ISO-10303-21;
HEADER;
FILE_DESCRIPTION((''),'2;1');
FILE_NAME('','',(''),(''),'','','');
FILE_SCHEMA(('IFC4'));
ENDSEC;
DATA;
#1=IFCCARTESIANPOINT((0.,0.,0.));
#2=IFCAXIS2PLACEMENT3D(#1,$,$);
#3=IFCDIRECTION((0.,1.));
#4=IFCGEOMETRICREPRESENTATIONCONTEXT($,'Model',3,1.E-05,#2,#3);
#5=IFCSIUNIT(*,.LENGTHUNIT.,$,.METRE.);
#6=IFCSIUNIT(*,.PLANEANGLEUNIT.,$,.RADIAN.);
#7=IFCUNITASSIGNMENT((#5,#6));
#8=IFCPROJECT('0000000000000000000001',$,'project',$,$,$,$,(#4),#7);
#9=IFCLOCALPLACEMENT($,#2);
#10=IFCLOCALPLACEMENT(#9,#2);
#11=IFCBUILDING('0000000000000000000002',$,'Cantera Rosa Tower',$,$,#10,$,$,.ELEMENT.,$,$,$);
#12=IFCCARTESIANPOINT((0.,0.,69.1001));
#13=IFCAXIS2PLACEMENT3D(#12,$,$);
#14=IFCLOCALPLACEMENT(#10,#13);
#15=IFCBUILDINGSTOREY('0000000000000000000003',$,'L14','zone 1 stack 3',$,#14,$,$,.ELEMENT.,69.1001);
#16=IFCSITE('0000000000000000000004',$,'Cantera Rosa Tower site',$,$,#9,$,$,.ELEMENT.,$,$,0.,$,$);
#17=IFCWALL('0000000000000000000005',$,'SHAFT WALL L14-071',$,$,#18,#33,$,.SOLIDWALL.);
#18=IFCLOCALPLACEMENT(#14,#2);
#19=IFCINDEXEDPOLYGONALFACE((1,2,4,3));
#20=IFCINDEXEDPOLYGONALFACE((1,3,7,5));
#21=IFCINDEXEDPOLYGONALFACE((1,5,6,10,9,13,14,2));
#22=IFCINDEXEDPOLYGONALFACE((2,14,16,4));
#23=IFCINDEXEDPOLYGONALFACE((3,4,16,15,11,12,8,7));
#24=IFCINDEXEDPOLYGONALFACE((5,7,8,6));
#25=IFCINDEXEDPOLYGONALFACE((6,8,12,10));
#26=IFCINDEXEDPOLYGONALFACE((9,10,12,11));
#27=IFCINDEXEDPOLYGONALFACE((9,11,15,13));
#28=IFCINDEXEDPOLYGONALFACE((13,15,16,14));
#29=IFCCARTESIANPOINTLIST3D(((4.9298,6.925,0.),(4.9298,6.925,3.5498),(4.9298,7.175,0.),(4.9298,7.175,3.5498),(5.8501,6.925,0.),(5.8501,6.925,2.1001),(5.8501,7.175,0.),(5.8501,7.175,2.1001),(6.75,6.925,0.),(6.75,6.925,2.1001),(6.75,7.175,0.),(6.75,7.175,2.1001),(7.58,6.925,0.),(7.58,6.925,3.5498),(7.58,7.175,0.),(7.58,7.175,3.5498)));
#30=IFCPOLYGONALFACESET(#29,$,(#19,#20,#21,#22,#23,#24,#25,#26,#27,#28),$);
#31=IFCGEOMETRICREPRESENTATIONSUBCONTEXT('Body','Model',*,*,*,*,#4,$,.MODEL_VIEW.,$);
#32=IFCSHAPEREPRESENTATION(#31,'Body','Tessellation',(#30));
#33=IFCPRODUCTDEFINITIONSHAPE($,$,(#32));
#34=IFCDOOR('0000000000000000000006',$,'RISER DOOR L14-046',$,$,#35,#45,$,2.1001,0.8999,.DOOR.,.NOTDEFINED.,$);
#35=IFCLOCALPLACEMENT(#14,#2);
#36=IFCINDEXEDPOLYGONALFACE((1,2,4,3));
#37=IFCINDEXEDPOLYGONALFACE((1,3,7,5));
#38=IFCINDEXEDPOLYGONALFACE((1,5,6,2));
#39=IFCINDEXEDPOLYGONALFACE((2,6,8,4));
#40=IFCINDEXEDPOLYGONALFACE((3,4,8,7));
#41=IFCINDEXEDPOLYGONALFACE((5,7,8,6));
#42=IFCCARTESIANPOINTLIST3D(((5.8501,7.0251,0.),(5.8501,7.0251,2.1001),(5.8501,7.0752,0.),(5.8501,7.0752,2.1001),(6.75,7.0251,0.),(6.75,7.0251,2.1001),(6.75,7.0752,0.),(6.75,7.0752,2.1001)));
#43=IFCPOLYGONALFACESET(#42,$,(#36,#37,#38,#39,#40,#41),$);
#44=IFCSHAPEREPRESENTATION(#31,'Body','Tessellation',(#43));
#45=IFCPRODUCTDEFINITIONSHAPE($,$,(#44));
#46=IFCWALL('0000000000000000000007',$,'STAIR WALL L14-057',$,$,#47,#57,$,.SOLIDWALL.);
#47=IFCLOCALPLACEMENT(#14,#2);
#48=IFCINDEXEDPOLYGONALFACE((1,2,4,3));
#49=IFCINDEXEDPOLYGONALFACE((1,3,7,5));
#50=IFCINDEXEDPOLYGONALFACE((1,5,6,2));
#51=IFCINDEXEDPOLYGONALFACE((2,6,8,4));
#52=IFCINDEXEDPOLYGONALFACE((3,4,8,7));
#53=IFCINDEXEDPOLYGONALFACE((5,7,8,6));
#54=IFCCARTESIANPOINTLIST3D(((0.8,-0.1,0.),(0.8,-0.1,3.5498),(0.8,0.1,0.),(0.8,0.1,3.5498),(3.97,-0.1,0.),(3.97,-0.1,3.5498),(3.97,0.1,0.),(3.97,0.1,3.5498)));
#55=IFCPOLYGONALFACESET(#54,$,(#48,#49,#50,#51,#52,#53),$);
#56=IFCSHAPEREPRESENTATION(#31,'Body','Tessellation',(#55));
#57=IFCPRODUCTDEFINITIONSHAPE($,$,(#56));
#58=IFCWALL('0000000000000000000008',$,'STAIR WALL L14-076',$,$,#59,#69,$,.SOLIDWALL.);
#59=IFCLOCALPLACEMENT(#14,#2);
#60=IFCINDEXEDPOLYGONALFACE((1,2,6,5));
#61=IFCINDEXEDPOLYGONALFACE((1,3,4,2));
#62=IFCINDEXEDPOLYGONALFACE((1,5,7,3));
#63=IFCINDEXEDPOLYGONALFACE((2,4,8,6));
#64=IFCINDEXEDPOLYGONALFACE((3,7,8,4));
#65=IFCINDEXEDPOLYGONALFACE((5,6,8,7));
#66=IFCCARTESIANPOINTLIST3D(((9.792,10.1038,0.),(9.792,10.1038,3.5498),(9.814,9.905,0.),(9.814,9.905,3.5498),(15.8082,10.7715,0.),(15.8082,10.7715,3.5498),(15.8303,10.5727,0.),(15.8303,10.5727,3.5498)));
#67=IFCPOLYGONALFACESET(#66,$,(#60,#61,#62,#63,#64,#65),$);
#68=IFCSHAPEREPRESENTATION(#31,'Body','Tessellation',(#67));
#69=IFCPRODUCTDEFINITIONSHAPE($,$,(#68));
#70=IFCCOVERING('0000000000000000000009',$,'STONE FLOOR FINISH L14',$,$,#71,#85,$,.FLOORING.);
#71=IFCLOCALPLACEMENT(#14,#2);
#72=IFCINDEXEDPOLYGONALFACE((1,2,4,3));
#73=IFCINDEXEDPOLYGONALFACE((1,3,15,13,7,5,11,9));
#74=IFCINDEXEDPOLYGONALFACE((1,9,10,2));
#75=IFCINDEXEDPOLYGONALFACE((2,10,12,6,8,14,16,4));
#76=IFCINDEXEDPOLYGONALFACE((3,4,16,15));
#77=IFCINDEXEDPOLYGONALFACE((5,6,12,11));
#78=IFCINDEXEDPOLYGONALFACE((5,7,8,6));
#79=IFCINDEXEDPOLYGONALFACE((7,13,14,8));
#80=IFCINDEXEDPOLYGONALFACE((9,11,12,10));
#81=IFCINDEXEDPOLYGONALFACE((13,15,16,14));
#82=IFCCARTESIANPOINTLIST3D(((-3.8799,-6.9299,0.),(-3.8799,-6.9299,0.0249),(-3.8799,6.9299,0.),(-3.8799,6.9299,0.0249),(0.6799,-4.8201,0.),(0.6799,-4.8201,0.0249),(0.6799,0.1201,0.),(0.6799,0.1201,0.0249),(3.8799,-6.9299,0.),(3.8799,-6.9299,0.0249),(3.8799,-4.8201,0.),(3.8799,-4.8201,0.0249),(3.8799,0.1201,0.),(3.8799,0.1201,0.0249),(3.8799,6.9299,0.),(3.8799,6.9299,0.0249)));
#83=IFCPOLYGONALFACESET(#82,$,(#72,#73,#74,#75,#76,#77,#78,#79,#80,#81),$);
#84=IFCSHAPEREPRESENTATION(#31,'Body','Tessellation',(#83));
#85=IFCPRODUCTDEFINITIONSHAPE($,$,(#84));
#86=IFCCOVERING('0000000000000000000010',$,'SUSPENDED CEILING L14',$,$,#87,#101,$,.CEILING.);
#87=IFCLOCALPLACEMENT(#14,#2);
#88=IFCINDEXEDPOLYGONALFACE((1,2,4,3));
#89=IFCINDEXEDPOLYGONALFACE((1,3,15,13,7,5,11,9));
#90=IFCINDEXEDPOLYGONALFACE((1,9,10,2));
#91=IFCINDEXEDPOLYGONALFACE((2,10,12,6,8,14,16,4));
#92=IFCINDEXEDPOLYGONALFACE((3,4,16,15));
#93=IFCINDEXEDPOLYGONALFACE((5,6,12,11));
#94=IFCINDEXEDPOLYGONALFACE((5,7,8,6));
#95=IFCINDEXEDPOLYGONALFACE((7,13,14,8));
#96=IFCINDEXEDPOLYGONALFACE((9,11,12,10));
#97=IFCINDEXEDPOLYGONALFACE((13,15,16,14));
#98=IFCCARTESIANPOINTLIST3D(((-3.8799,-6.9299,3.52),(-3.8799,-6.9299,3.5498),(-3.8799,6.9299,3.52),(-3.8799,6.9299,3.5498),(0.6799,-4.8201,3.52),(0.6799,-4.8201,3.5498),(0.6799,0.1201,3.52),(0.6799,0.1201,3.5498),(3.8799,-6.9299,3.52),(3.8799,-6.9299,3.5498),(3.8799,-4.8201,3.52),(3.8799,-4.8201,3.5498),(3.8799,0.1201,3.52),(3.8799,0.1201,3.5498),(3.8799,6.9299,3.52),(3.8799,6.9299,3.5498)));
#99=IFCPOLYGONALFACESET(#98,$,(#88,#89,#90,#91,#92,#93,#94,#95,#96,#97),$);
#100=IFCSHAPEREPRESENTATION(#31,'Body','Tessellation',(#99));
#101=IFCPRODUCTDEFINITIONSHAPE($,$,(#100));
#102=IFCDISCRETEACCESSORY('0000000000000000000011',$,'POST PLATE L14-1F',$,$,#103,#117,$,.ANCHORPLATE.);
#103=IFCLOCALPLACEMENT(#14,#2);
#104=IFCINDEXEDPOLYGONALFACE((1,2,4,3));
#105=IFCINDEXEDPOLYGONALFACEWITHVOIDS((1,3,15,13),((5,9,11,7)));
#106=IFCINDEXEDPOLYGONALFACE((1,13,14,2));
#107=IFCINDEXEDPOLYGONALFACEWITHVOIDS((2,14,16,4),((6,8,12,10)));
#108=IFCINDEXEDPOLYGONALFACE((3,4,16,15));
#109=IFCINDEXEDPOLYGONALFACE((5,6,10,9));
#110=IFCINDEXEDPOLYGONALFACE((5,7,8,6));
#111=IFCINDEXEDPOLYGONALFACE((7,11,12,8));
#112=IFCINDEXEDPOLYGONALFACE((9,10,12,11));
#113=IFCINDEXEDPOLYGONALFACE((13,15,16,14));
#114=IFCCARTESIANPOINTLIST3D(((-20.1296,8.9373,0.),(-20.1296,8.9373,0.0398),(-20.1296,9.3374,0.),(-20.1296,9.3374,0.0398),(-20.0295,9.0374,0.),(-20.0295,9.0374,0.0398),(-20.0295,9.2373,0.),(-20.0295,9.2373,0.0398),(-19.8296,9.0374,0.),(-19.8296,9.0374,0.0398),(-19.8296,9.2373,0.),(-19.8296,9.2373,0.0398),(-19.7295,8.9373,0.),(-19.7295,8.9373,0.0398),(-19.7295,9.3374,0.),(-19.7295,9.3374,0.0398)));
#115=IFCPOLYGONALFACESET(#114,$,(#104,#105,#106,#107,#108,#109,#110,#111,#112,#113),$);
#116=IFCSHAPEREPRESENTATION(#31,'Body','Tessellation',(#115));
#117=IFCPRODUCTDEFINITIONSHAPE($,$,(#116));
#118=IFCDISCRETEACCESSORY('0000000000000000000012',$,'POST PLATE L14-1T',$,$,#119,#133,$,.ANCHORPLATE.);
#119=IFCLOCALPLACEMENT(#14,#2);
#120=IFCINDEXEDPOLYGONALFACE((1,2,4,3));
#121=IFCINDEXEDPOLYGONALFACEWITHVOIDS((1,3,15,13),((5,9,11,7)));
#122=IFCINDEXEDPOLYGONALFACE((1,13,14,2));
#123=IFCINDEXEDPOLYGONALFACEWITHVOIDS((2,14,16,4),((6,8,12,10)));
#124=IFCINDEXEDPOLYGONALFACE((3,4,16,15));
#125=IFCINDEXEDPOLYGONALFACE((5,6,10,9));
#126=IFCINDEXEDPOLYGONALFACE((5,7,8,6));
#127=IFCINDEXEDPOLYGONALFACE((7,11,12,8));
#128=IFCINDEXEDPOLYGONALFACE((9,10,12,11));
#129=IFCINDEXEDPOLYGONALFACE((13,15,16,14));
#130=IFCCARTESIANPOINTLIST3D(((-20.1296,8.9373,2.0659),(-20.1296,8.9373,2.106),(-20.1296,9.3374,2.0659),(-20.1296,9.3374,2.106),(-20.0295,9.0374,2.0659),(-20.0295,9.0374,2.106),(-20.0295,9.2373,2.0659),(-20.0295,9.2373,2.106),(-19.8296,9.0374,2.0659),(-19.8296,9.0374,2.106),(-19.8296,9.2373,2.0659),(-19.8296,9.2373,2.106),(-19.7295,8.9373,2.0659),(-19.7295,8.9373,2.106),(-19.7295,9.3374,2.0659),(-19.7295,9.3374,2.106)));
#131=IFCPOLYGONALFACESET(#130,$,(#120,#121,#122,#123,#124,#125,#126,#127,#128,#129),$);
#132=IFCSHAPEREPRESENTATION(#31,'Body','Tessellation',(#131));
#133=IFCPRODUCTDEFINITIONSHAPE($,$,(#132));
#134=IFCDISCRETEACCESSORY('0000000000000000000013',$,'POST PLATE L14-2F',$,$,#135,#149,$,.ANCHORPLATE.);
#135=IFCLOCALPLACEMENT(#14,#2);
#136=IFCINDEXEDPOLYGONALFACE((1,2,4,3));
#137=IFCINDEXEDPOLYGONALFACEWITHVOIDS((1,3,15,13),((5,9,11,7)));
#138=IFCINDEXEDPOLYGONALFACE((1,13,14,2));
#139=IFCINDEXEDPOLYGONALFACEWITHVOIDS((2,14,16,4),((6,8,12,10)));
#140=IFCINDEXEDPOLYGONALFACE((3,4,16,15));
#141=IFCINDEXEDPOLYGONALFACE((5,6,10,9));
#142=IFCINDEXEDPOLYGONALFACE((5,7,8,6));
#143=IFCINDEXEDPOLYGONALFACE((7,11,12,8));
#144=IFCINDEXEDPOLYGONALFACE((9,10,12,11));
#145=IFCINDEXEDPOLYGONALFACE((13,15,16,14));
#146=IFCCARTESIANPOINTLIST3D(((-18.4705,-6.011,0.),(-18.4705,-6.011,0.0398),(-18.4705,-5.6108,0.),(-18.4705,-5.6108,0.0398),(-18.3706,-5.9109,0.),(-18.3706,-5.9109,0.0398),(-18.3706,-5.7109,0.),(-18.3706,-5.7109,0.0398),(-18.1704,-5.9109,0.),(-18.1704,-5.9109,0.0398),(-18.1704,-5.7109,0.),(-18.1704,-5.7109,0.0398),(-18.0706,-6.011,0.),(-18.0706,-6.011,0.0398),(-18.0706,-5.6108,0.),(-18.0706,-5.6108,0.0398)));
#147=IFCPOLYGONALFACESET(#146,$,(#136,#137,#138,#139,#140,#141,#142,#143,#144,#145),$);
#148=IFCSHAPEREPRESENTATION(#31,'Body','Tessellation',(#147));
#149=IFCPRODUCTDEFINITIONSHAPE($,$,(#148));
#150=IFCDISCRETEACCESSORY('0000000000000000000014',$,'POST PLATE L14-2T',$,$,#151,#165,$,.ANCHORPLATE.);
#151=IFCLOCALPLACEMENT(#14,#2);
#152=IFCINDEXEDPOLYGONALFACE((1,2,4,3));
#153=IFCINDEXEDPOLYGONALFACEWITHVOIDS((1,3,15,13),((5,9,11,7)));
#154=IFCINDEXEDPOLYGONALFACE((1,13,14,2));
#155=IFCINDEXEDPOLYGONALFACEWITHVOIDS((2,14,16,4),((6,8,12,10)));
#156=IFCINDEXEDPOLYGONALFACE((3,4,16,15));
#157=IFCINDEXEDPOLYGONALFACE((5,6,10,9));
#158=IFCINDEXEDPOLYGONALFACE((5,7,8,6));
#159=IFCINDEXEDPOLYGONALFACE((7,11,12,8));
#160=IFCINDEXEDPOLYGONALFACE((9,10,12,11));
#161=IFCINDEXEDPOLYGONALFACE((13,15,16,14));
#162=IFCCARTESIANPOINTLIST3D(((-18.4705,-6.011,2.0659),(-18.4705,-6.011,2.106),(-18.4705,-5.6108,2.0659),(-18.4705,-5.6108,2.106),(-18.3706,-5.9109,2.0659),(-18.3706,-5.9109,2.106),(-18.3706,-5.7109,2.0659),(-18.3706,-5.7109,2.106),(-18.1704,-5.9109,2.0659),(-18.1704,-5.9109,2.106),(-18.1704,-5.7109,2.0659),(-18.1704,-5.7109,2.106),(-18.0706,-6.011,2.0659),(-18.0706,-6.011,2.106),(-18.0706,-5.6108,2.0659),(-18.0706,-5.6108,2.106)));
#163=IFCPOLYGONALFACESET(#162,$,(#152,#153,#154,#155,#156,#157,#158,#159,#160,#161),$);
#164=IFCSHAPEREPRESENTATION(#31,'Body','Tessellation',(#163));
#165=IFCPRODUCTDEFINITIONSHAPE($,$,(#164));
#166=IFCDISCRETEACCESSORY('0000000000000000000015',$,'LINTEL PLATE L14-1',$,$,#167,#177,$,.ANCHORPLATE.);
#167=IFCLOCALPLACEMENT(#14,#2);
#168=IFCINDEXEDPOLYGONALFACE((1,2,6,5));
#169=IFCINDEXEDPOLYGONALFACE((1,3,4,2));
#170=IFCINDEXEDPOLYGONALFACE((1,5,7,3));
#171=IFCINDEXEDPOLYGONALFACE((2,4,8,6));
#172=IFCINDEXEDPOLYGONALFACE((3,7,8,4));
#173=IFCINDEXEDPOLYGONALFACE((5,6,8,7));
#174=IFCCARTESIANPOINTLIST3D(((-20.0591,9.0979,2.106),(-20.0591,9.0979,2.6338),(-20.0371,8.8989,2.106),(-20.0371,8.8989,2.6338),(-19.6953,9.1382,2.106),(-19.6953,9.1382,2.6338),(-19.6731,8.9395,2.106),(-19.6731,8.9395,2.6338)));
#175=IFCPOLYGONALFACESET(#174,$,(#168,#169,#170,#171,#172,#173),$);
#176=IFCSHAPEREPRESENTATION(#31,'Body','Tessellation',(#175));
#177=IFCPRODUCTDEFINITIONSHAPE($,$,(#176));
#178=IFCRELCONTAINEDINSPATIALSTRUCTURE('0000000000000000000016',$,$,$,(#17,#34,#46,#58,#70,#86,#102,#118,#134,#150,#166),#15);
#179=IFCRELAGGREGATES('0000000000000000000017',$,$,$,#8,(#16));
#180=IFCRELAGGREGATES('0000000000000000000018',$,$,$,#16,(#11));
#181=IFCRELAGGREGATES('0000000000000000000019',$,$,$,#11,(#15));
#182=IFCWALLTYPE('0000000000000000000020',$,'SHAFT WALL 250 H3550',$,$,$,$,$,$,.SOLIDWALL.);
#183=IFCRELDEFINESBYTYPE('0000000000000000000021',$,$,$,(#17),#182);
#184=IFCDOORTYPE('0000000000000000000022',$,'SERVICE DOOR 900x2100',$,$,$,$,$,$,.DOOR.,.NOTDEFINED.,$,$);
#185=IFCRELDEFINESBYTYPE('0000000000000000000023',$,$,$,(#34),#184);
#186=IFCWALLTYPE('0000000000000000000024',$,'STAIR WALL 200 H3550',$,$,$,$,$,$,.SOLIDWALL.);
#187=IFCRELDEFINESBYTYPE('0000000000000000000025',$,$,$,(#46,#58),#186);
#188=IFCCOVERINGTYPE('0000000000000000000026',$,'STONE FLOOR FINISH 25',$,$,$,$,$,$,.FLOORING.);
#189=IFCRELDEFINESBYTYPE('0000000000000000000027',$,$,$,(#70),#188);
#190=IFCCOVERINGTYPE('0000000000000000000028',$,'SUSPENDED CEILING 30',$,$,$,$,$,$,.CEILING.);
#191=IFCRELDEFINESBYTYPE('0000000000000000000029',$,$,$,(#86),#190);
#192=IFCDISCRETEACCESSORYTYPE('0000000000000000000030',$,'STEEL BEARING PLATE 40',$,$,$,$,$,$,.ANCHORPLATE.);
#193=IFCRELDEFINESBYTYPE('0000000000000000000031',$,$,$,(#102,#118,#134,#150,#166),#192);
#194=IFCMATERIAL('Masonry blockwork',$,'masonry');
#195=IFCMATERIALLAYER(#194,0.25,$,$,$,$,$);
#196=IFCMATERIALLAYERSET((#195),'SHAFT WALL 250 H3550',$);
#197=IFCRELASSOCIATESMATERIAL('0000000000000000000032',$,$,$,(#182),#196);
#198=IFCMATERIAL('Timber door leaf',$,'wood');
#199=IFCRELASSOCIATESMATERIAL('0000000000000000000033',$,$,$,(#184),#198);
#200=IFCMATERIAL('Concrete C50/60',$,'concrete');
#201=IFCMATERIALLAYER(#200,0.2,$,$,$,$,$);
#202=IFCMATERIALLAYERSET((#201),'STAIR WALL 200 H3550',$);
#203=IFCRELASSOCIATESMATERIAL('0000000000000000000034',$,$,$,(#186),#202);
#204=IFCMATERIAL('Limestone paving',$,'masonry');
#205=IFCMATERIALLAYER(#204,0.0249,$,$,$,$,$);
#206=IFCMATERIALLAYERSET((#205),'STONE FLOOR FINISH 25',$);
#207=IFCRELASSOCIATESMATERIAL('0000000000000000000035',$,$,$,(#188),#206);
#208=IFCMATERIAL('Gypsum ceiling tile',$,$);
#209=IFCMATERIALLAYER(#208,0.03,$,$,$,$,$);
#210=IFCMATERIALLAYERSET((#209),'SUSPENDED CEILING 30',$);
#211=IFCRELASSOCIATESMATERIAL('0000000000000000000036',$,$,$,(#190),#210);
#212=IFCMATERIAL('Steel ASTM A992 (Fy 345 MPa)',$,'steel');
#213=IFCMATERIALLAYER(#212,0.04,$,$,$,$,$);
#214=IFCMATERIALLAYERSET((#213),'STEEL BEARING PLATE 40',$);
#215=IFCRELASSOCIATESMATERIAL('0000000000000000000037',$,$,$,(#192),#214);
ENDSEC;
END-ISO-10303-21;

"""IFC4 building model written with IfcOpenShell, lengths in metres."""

from ifc_helpers import new_model, si_unit, direction, frame, frame_2d, origin, place, context, subcontext, project, spatial, polyline, rectangle, outline, extrude, material, layer, layer_set, type_object, element, fill, save


model = new_model("IFC4")

# Units and contexts
model_context = context("Model", 3, precision=1e-05, world=origin(), true_north=direction((0.0, 1.0)))
body_context = subcontext(model_context, "Body", "Model", "MODEL_VIEW")
ifc_project = project(units=[si_unit("LENGTHUNIT", "METRE"), si_unit("PLANEANGLEUNIT", "RADIAN")], contexts=[model_context])

# Site, building, storey
site_placement = place(None, origin())
site = spatial("IfcSite", under=ifc_project, at=site_placement, Name="Cantera Rosa Tower site", CompositionType="ELEMENT", RefElevation=0.0)
building_placement = place(site_placement, origin())
building = spatial("IfcBuilding", under=site, at=building_placement, Name="Cantera Rosa Tower", CompositionType="ELEMENT")
storey_placement = place(building_placement, frame((0.0, 0.0, 69.1001)))
storey = spatial("IfcBuildingStorey", under=building, at=storey_placement, Name="L14", Description="zone 1 stack 3", CompositionType="ELEMENT", Elevation=69.1001)

# Shared definitions
ifc_material_1 = material(Name="Masonry blockwork", Category="masonry")
ifc_layer_1 = layer(ifc_material_1, 0.25)
ifc_layer_set_1 = layer_set([ifc_layer_1], Name="SHAFT WALL 250 H3550")
wall_type_1 = type_object("IfcWallType", Name="SHAFT WALL 250 H3550", PredefinedType="SOLIDWALL", material=ifc_layer_set_1)

# Wall, opening, door
wall_1_placement = place(storey_placement, frame((7.5801, 7.05, 0.0), z_axis=(0.0, 0.0, 1.0), x_axis=(-1.0, 0.0, 0.0)))
wall_1 = element("IfcWall", 1, at=wall_1_placement, inside=storey, type_object=wall_type_1, Name="SHAFT WALL L14-071", PredefinedType="SOLIDWALL", context=body_context, shape_type="SweptSolid", body=[
    extrude(rectangle(XDim=2.6501, YDim=0.25, at=frame_2d((1.3252, 0.0))), origin(), (0.0, 0.0, 1.0), 3.5498),
])
opening_1_placement = place(wall_1_placement, frame((0.8301, 0.0, 0.0)))
opening_1 = element("IfcOpeningElement", 2, at=opening_1_placement, cuts=wall_1, PredefinedType="OPENING", context=body_context, shape_type="SweptSolid", body=[
    extrude(rectangle(XDim=0.8999, YDim=2.1001, at=frame_2d((0.45, 1.05))), frame((0.0, 0.135, 0.0), z_axis=(0.0, -1.0, 0.0), x_axis=(1.0, 0.0, 0.0)), (0.0, 0.0, 1.0), 0.27),
])
ifc_material_2 = material(Name="Timber door leaf", Category="wood")
door_type_1 = type_object("IfcDoorType", Name="SERVICE DOOR 900x2100", OperationType="NOTDEFINED", PredefinedType="DOOR", material=ifc_material_2)
door_1_placement = place(opening_1_placement, origin())
door_1 = element("IfcDoor", 3, at=door_1_placement, inside=storey, type_object=door_type_1, Name="RISER DOOR L14-046", OperationType="NOTDEFINED", OverallHeight=2.1001, OverallWidth=0.8999, PredefinedType="DOOR", context=body_context, shape_type="SweptSolid", body=[
    extrude(rectangle(XDim=0.8999, YDim=2.1001, at=frame_2d((0.45, 1.05))), frame((0.0, 0.0249, 0.0), z_axis=(0.0, -1.0, 0.0), x_axis=(1.0, 0.0, 0.0)), (0.0, 0.0, 1.0), 0.05),
])
fill(opening_1, door_1)

# Walls
ifc_material_3 = material(Name="Concrete C50/60", Category="concrete")
ifc_layer_2 = layer(ifc_material_3, 0.2)
ifc_layer_set_2 = layer_set([ifc_layer_2], Name="STAIR WALL 200 H3550")
wall_type_2 = type_object("IfcWallType", Name="STAIR WALL 200 H3550", PredefinedType="SOLIDWALL", material=ifc_layer_set_2)
wall_2_placement = place(storey_placement, frame((0.8, 0.0, 0.0), z_axis=(0.0, 0.0, 1.0), x_axis=(1.0, 0.0, 0.0)))
element("IfcWall", 4, at=wall_2_placement, inside=storey, type_object=wall_type_2, Name="STAIR WALL L14-057", PredefinedType="SOLIDWALL", context=body_context, shape_type="SweptSolid", body=[
    extrude(rectangle(XDim=3.1699, YDim=0.2, at=frame_2d((1.585, 0.0))), origin(), (0.0, 0.0, 1.0), 3.5498),
])
wall_3_placement = place(storey_placement, frame((9.803, 10.0044, 0.0), z_axis=(0.0, 0.0, 1.0), x_axis=(0.993897, 0.110308, 0.0)))
element("IfcWall", 5, at=wall_3_placement, inside=storey, type_object=wall_type_2, Name="STAIR WALL L14-076", PredefinedType="SOLIDWALL", context=body_context, shape_type="SweptSolid", body=[
    extrude(rectangle(XDim=6.0532, YDim=0.2, at=frame_2d((3.0266, 0.0))), origin(), (0.0, 0.0, 1.0), 3.5498),
])

# Coverings
ifc_material_4 = material(Name="Limestone paving", Category="masonry")
ifc_layer_3 = layer(ifc_material_4, 0.0249)
ifc_layer_set_3 = layer_set([ifc_layer_3], Name="STONE FLOOR FINISH 25")
covering_type_1 = type_object("IfcCoveringType", Name="STONE FLOOR FINISH 25", PredefinedType="FLOORING", material=ifc_layer_set_3)
covering_1_placement = place(storey_placement, origin())
element("IfcCovering", 6, at=covering_1_placement, inside=storey, type_object=covering_type_1, Name="STONE FLOOR FINISH L14", PredefinedType="FLOORING", context=body_context, shape_type="SweptSolid", body=[
    extrude(outline(polyline([(3.8799, 6.9299), (3.8799, 0.1201), (0.6799, 0.1201), (0.6799, -4.8201), (3.8799, -4.8201), (3.8799, -6.9299), (-3.8799, -6.9299), (-3.8799, 6.9299), (3.8799, 6.9299)])), origin(), (0.0, 0.0, 1.0), 0.0249),
])
ifc_material_5 = material(Name="Gypsum ceiling tile")
ifc_layer_4 = layer(ifc_material_5, 0.03)
ifc_layer_set_4 = layer_set([ifc_layer_4], Name="SUSPENDED CEILING 30")
covering_type_2 = type_object("IfcCoveringType", Name="SUSPENDED CEILING 30", PredefinedType="CEILING", material=ifc_layer_set_4)
covering_2_placement = place(storey_placement, frame((0.0, 0.0, 3.52)))
element("IfcCovering", 7, at=covering_2_placement, inside=storey, type_object=covering_type_2, Name="SUSPENDED CEILING L14", PredefinedType="CEILING", context=body_context, shape_type="SweptSolid", body=[
    extrude(outline(polyline([(3.8799, 6.9299), (3.8799, 0.1201), (0.6799, 0.1201), (0.6799, -4.8201), (3.8799, -4.8201), (3.8799, -6.9299), (-3.8799, -6.9299), (-3.8799, 6.9299), (3.8799, 6.9299)])), origin(), (0.0, 0.0, 1.0), 0.0298),
])

# Discrete accessories
ifc_material_6 = material(Name="Steel ASTM A992 (Fy 345 MPa)", Category="steel")
ifc_layer_5 = layer(ifc_material_6, 0.04)
ifc_layer_set_5 = layer_set([ifc_layer_5], Name="STEEL BEARING PLATE 40")
discrete_accessory_type = type_object("IfcDiscreteAccessoryType", Name="STEEL BEARING PLATE 40", PredefinedType="ANCHORPLATE", material=ifc_layer_set_5)
discrete_accessory_1_placement = place(storey_placement, origin())
element("IfcDiscreteAccessory", 8, at=discrete_accessory_1_placement, inside=storey, type_object=discrete_accessory_type, Name="POST PLATE L14-1F", PredefinedType="ANCHORPLATE", context=body_context, shape_type="SweptSolid", body=[
    extrude(outline(polyline([(-20.1296, 8.9373), (-19.7295, 8.9373), (-19.7295, 9.3374), (-20.1296, 9.3374), (-20.1296, 8.9373)]), holes=[polyline([(-20.0295, 9.0374), (-19.8296, 9.0374), (-19.8296, 9.2373), (-20.0295, 9.2373), (-20.0295, 9.0374)])]), origin(), (0.0, 0.0, 1.0), 0.0398),
])
discrete_accessory_2_placement = place(storey_placement, frame((0.0, 0.0, 2.0659)))
element("IfcDiscreteAccessory", 9, at=discrete_accessory_2_placement, inside=storey, type_object=discrete_accessory_type, Name="POST PLATE L14-1T", PredefinedType="ANCHORPLATE", context=body_context, shape_type="SweptSolid", body=[
    extrude(outline(polyline([(-20.1296, 8.9373), (-19.7295, 8.9373), (-19.7295, 9.3374), (-20.1296, 9.3374), (-20.1296, 8.9373)]), holes=[polyline([(-20.0295, 9.0374), (-19.8296, 9.0374), (-19.8296, 9.2373), (-20.0295, 9.2373), (-20.0295, 9.0374)])]), origin(), (0.0, 0.0, 1.0), 0.04),
])
discrete_accessory_3_placement = place(storey_placement, origin())
element("IfcDiscreteAccessory", 10, at=discrete_accessory_3_placement, inside=storey, type_object=discrete_accessory_type, Name="POST PLATE L14-2F", PredefinedType="ANCHORPLATE", context=body_context, shape_type="SweptSolid", body=[
    extrude(outline(polyline([(-18.4705, -6.011), (-18.0706, -6.011), (-18.0706, -5.6108), (-18.4705, -5.6108), (-18.4705, -6.011)]), holes=[polyline([(-18.3706, -5.9109), (-18.1704, -5.9109), (-18.1704, -5.7109), (-18.3706, -5.7109), (-18.3706, -5.9109)])]), origin(), (0.0, 0.0, 1.0), 0.0398),
])
discrete_accessory_4_placement = place(storey_placement, frame((0.0, 0.0, 2.0659)))
element("IfcDiscreteAccessory", 11, at=discrete_accessory_4_placement, inside=storey, type_object=discrete_accessory_type, Name="POST PLATE L14-2T", PredefinedType="ANCHORPLATE", context=body_context, shape_type="SweptSolid", body=[
    extrude(outline(polyline([(-18.4705, -6.011), (-18.0706, -6.011), (-18.0706, -5.6108), (-18.4705, -5.6108), (-18.4705, -6.011)]), holes=[polyline([(-18.3706, -5.9109), (-18.1704, -5.9109), (-18.1704, -5.7109), (-18.3706, -5.7109), (-18.3706, -5.9109)])]), origin(), (0.0, 0.0, 1.0), 0.04),
])
discrete_accessory_5_placement = place(storey_placement, frame((0.0, 0.0, 2.106)))
element("IfcDiscreteAccessory", 12, at=discrete_accessory_5_placement, inside=storey, type_object=discrete_accessory_type, Name="LINTEL PLATE L14-1", PredefinedType="ANCHORPLATE", context=body_context, shape_type="SweptSolid", body=[
    extrude(outline(polyline([(-19.6731, 8.9395), (-19.6953, 9.1382), (-20.0591, 9.0979), (-20.0371, 8.8989), (-19.6731, 8.9395)])), origin(), (0.0, 0.0, 1.0), 0.5278),
])

save(model, "model.ifc")
